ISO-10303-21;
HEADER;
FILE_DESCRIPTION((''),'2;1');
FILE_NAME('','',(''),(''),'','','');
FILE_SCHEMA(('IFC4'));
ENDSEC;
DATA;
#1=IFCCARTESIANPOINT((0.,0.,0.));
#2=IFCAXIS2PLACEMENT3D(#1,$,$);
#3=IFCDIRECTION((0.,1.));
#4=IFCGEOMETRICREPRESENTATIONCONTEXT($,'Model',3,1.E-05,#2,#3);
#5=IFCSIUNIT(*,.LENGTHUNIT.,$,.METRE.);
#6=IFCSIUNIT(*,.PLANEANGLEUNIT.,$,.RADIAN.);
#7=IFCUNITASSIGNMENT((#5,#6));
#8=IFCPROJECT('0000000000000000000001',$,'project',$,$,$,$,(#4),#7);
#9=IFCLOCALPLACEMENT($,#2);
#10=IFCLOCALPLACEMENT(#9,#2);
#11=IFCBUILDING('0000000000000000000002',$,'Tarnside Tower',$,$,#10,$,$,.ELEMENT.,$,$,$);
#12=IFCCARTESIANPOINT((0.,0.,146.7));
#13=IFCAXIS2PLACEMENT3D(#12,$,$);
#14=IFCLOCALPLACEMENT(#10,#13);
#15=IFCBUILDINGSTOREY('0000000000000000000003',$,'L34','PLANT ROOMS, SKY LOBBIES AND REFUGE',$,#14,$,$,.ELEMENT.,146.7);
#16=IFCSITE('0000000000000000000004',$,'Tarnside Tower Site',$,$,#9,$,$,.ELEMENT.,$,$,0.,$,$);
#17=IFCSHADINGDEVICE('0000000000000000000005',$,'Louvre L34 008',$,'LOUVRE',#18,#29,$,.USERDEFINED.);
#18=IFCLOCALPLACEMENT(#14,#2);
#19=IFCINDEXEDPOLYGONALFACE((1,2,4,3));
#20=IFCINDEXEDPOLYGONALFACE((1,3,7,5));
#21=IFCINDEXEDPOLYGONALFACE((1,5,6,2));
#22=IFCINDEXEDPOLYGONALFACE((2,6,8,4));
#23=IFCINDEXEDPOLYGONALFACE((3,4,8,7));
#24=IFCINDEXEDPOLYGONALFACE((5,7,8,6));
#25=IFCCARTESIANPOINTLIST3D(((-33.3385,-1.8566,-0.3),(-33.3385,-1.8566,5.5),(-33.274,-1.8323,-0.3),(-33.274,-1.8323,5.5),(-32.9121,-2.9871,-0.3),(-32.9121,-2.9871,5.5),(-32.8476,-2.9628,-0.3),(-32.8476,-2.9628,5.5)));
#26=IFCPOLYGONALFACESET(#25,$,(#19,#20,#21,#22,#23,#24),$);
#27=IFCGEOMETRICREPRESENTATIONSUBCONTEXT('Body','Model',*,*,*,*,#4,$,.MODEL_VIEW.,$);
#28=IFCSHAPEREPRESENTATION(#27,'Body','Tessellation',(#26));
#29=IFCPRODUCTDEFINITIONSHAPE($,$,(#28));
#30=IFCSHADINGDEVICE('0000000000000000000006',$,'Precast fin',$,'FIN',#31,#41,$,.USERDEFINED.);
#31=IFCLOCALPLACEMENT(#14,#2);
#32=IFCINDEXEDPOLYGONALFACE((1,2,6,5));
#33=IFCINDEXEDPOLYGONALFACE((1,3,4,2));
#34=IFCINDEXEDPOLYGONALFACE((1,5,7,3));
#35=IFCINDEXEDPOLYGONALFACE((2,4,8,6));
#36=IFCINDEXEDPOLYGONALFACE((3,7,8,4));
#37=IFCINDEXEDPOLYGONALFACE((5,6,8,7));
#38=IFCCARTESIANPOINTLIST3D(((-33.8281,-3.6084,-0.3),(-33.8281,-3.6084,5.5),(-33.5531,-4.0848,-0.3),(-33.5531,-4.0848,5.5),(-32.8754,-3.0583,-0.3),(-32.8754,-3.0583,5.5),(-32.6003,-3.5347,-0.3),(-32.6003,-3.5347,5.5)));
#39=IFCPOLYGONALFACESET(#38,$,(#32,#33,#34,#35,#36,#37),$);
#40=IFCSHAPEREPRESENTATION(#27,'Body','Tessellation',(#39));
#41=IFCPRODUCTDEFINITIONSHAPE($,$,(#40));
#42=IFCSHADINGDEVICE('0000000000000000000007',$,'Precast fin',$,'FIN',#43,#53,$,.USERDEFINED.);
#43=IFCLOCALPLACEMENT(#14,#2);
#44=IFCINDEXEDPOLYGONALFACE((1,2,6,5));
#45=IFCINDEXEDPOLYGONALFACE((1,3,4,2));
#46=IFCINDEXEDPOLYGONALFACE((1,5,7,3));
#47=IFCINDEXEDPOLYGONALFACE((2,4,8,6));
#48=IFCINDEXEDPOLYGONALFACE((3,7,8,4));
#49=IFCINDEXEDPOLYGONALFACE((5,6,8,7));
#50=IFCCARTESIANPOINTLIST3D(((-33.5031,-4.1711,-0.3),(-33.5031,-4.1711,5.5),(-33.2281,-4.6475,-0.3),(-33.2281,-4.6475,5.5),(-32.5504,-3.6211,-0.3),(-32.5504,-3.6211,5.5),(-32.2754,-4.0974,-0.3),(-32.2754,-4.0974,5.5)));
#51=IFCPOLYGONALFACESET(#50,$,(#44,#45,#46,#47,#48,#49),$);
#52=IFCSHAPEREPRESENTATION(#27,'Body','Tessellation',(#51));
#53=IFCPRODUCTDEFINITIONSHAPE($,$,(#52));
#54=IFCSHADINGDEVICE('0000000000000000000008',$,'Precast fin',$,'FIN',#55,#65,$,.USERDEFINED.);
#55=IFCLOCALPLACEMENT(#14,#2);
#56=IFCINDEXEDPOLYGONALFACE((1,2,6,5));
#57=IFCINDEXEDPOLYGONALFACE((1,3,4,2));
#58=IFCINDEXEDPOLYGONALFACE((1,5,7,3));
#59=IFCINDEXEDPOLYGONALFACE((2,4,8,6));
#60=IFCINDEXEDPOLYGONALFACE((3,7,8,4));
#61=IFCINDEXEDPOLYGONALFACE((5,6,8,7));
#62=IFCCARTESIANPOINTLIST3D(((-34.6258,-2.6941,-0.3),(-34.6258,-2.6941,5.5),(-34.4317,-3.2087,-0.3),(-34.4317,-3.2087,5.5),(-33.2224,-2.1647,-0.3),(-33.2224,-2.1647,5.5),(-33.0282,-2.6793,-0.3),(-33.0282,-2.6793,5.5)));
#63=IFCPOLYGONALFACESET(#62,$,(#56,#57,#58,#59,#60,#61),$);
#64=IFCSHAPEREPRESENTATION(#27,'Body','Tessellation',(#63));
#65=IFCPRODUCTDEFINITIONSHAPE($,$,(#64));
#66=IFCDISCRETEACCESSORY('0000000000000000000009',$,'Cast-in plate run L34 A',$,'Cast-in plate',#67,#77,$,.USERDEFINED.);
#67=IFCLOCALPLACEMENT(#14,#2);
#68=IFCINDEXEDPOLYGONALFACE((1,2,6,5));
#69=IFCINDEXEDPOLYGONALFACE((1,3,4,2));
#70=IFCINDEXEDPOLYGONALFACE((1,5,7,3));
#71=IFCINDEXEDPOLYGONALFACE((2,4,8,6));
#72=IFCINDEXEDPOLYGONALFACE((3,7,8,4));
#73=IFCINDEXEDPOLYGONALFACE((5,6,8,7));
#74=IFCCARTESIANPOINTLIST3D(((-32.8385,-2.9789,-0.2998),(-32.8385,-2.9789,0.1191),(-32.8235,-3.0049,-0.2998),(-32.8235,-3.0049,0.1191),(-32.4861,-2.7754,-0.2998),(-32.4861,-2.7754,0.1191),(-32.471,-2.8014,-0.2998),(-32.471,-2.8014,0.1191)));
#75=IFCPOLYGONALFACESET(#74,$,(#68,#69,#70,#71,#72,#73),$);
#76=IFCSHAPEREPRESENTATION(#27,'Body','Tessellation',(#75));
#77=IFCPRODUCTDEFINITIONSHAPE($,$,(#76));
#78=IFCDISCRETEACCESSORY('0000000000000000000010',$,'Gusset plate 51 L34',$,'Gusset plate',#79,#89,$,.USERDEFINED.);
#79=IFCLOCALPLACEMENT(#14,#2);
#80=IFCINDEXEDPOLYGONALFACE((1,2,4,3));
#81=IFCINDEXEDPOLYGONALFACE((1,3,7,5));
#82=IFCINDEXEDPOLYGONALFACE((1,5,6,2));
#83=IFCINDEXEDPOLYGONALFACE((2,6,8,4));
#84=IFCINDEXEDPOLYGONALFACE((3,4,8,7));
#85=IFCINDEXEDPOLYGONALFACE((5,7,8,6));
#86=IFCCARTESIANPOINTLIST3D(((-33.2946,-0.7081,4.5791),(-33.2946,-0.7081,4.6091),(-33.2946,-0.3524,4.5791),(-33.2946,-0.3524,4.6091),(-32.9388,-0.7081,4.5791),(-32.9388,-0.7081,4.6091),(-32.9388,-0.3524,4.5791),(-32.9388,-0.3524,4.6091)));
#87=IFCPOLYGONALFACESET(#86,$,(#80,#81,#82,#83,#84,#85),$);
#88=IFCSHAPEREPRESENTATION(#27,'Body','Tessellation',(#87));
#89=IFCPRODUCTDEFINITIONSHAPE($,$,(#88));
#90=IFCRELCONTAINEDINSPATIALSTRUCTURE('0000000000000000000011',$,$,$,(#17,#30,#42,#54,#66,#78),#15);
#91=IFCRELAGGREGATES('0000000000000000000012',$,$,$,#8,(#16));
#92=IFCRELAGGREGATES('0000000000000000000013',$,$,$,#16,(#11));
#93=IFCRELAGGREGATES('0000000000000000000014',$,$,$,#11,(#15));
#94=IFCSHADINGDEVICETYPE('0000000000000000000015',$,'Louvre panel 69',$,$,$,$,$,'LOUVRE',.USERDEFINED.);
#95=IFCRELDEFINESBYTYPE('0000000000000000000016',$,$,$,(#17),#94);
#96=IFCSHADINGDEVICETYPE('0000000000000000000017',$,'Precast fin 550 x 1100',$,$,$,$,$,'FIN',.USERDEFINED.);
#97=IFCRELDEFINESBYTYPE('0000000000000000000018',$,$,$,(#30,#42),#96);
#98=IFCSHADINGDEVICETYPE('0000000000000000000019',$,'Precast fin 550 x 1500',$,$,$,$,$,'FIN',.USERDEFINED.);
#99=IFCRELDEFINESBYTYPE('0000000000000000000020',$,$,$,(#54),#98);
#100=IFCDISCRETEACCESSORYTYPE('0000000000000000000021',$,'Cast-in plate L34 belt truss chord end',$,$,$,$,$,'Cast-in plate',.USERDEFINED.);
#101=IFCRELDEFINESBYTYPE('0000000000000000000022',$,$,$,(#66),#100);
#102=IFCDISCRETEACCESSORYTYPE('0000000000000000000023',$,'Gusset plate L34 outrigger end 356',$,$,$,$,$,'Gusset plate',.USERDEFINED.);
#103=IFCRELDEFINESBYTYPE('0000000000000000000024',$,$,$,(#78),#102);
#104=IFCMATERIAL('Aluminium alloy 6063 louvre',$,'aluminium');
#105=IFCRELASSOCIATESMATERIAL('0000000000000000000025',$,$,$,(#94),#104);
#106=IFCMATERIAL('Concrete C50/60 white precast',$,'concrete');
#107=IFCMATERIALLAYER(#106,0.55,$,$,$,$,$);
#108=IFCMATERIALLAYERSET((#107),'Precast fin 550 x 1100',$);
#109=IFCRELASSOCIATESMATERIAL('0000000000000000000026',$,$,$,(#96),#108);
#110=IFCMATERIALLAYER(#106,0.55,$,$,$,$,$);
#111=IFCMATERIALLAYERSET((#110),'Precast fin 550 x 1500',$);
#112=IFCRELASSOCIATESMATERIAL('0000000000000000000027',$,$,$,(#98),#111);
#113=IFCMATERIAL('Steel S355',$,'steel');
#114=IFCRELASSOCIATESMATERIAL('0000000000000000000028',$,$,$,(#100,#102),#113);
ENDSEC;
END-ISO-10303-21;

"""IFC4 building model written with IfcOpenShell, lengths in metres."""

from ifc_helpers import new_model, si_unit, direction, frame, origin, origin_2d, place, context, subcontext, project, spatial, polyline, rectangle, outline, extrude, material, layer, layer_set, type_object, element, save


model = new_model("IFC4")

# Units and contexts
model_context = context("Model", 3, precision=1e-05, world=origin(), true_north=direction((0.0, 1.0)))
body_context = subcontext(model_context, "Body", "Model", "MODEL_VIEW")
ifc_project = project(units=[si_unit("LENGTHUNIT", "METRE"), si_unit("PLANEANGLEUNIT", "RADIAN")], contexts=[model_context])

# Site, building, storey
site_placement = place(None, origin())
site = spatial("IfcSite", under=ifc_project, at=site_placement, Name="Tarnside Tower Site", CompositionType="ELEMENT", RefElevation=0.0)
building_placement = place(site_placement, origin())
building = spatial("IfcBuilding", under=site, at=building_placement, Name="Tarnside Tower", CompositionType="ELEMENT")
storey_placement = place(building_placement, frame((0.0, 0.0, 146.7)))
storey = spatial("IfcBuildingStorey", under=building, at=storey_placement, Name="L34", Description="PLANT ROOMS, SKY LOBBIES AND REFUGE", CompositionType="ELEMENT", Elevation=146.7)

# Shared definitions
ifc_material_1 = material(Name="Steel S355", Category="steel")

# Shading devices
ifc_material_2 = material(Name="Aluminium alloy 6063 louvre", Category="aluminium")
shading_device_type_1 = type_object("IfcShadingDeviceType", Name="Louvre panel 69", ElementType="LOUVRE", PredefinedType="USERDEFINED", material=ifc_material_2)
for number, where, z_axis, x_axis, name in (
    (1, (-33.0608, -2.3977, -0.3), (-0.35291, 0.935657, 0.0), (-0.935657, -0.35291, 0.0), "Louvre L34 008"),
):
    element("IfcShadingDevice", number, at=place(storey_placement, frame(where, z_axis=z_axis, x_axis=x_axis)), inside=storey, type_object=shading_device_type_1, Name=name, ObjectType="LOUVRE", PredefinedType="USERDEFINED", context=body_context, shape_type="SweptSolid", body=[
        extrude(outline(polyline([(0.0, 0.0), (0.0688, 0.0), (0.0688, 5.8), (0.0, 5.8), (0.0, 0.0)])), frame((0.0, 0.0, -0.604)), (0.0, 0.0, 1.0), 1.2083),
    ])
ifc_material_3 = material(Name="Concrete C50/60 white precast", Category="concrete")
ifc_layer_1 = layer(ifc_material_3, 0.55)
ifc_layer_set_1 = layer_set([ifc_layer_1], Name="Precast fin 550 x 1100")
shading_device_type_2 = type_object("IfcShadingDeviceType", Name="Precast fin 550 x 1100", ElementType="FIN", PredefinedType="USERDEFINED", material=ifc_layer_set_1)
for number, where, z_axis, x_axis, name in (
    (2, (-32.7378, -3.2966, -0.3), (-0.5, 0.866025, 0.0), (-0.866025, -0.5, 0.0), "Precast fin"),
    (3, (-32.4128, -3.8594, -0.3), (-0.5, 0.866025, 0.0), (-0.866025, -0.5, 0.0), "Precast fin"),
):
    element("IfcShadingDevice", number, at=place(storey_placement, frame(where, z_axis=z_axis, x_axis=x_axis)), inside=storey, type_object=shading_device_type_2, Name=name, ObjectType="FIN", PredefinedType="USERDEFINED", context=body_context, shape_type="SweptSolid", body=[
        extrude(outline(polyline([(0.0, 0.0), (1.1001, 0.0), (1.1001, 5.8), (0.0, 5.8), (0.0, 0.0)])), frame((0.0, 0.0, -0.2749)), (0.0, 0.0, 1.0), 0.55),
    ])
ifc_layer_2 = layer(ifc_material_3, 0.55)
ifc_layer_set_2 = layer_set([ifc_layer_2], Name="Precast fin 550 x 1500")
shading_device_type_3 = type_object("IfcShadingDeviceType", Name="Precast fin 550 x 1500", ElementType="FIN", PredefinedType="USERDEFINED", material=ifc_layer_set_2)
shading_device_placement = place(storey_placement, frame((-33.1252, -2.4221, -0.3), z_axis=(-0.352931, 0.93565, 0.0), x_axis=(-0.93565, -0.352931, 0.0)))
element("IfcShadingDevice", 4, at=shading_device_placement, inside=storey, type_object=shading_device_type_3, Name="Precast fin", ObjectType="FIN", PredefinedType="USERDEFINED", context=body_context, shape_type="SweptSolid", body=[
    extrude(outline(polyline([(0.0, 0.0), (1.5, 0.0), (1.5, 5.8), (0.0, 5.8), (0.0, 0.0)])), frame((0.0, 0.0, -0.2749)), (0.0, 0.0, 1.0), 0.55),
])

# Discrete accessories
discrete_accessory_type_1 = type_object("IfcDiscreteAccessoryType", Name="Cast-in plate L34 belt truss chord end", ElementType="Cast-in plate", PredefinedType="USERDEFINED", material=ifc_material_1)
discrete_accessory_1_placement = place(storey_placement, frame((-32.6548, -2.8901, -0.2998), z_axis=(0.0, 0.0, 1.0), x_axis=(0.5, -0.866025, 0.0)))
element("IfcDiscreteAccessory", 5, at=discrete_accessory_1_placement, inside=storey, type_object=discrete_accessory_type_1, Name="Cast-in plate run L34 A", ObjectType="Cast-in plate", PredefinedType="USERDEFINED", context=body_context, shape_type="SweptSolid", body=[
    extrude(rectangle(XDim=0.03, YDim=0.407, at=origin_2d()), origin(), (0.0, 0.0, 1.0), 0.4189),
])
discrete_accessory_type_2 = type_object("IfcDiscreteAccessoryType", Name="Gusset plate L34 outrigger end 356", ElementType="Gusset plate", PredefinedType="USERDEFINED", material=ifc_material_1)
discrete_accessory_2_placement = place(storey_placement, frame((-33.1167, -0.5303, 4.5791), z_axis=(0.0, 0.0, 1.0), x_axis=(1.0, 0.0, 0.0)))
element("IfcDiscreteAccessory", 6, at=discrete_accessory_2_placement, inside=storey, type_object=discrete_accessory_type_2, Name="Gusset plate 51 L34", ObjectType="Gusset plate", PredefinedType="USERDEFINED", context=body_context, shape_type="SweptSolid", body=[
    extrude(rectangle(XDim=0.3557, YDim=0.3557, at=origin_2d()), origin(), (0.0, 0.0, 1.0), 0.03),
])

save(model, "model.ifc")
